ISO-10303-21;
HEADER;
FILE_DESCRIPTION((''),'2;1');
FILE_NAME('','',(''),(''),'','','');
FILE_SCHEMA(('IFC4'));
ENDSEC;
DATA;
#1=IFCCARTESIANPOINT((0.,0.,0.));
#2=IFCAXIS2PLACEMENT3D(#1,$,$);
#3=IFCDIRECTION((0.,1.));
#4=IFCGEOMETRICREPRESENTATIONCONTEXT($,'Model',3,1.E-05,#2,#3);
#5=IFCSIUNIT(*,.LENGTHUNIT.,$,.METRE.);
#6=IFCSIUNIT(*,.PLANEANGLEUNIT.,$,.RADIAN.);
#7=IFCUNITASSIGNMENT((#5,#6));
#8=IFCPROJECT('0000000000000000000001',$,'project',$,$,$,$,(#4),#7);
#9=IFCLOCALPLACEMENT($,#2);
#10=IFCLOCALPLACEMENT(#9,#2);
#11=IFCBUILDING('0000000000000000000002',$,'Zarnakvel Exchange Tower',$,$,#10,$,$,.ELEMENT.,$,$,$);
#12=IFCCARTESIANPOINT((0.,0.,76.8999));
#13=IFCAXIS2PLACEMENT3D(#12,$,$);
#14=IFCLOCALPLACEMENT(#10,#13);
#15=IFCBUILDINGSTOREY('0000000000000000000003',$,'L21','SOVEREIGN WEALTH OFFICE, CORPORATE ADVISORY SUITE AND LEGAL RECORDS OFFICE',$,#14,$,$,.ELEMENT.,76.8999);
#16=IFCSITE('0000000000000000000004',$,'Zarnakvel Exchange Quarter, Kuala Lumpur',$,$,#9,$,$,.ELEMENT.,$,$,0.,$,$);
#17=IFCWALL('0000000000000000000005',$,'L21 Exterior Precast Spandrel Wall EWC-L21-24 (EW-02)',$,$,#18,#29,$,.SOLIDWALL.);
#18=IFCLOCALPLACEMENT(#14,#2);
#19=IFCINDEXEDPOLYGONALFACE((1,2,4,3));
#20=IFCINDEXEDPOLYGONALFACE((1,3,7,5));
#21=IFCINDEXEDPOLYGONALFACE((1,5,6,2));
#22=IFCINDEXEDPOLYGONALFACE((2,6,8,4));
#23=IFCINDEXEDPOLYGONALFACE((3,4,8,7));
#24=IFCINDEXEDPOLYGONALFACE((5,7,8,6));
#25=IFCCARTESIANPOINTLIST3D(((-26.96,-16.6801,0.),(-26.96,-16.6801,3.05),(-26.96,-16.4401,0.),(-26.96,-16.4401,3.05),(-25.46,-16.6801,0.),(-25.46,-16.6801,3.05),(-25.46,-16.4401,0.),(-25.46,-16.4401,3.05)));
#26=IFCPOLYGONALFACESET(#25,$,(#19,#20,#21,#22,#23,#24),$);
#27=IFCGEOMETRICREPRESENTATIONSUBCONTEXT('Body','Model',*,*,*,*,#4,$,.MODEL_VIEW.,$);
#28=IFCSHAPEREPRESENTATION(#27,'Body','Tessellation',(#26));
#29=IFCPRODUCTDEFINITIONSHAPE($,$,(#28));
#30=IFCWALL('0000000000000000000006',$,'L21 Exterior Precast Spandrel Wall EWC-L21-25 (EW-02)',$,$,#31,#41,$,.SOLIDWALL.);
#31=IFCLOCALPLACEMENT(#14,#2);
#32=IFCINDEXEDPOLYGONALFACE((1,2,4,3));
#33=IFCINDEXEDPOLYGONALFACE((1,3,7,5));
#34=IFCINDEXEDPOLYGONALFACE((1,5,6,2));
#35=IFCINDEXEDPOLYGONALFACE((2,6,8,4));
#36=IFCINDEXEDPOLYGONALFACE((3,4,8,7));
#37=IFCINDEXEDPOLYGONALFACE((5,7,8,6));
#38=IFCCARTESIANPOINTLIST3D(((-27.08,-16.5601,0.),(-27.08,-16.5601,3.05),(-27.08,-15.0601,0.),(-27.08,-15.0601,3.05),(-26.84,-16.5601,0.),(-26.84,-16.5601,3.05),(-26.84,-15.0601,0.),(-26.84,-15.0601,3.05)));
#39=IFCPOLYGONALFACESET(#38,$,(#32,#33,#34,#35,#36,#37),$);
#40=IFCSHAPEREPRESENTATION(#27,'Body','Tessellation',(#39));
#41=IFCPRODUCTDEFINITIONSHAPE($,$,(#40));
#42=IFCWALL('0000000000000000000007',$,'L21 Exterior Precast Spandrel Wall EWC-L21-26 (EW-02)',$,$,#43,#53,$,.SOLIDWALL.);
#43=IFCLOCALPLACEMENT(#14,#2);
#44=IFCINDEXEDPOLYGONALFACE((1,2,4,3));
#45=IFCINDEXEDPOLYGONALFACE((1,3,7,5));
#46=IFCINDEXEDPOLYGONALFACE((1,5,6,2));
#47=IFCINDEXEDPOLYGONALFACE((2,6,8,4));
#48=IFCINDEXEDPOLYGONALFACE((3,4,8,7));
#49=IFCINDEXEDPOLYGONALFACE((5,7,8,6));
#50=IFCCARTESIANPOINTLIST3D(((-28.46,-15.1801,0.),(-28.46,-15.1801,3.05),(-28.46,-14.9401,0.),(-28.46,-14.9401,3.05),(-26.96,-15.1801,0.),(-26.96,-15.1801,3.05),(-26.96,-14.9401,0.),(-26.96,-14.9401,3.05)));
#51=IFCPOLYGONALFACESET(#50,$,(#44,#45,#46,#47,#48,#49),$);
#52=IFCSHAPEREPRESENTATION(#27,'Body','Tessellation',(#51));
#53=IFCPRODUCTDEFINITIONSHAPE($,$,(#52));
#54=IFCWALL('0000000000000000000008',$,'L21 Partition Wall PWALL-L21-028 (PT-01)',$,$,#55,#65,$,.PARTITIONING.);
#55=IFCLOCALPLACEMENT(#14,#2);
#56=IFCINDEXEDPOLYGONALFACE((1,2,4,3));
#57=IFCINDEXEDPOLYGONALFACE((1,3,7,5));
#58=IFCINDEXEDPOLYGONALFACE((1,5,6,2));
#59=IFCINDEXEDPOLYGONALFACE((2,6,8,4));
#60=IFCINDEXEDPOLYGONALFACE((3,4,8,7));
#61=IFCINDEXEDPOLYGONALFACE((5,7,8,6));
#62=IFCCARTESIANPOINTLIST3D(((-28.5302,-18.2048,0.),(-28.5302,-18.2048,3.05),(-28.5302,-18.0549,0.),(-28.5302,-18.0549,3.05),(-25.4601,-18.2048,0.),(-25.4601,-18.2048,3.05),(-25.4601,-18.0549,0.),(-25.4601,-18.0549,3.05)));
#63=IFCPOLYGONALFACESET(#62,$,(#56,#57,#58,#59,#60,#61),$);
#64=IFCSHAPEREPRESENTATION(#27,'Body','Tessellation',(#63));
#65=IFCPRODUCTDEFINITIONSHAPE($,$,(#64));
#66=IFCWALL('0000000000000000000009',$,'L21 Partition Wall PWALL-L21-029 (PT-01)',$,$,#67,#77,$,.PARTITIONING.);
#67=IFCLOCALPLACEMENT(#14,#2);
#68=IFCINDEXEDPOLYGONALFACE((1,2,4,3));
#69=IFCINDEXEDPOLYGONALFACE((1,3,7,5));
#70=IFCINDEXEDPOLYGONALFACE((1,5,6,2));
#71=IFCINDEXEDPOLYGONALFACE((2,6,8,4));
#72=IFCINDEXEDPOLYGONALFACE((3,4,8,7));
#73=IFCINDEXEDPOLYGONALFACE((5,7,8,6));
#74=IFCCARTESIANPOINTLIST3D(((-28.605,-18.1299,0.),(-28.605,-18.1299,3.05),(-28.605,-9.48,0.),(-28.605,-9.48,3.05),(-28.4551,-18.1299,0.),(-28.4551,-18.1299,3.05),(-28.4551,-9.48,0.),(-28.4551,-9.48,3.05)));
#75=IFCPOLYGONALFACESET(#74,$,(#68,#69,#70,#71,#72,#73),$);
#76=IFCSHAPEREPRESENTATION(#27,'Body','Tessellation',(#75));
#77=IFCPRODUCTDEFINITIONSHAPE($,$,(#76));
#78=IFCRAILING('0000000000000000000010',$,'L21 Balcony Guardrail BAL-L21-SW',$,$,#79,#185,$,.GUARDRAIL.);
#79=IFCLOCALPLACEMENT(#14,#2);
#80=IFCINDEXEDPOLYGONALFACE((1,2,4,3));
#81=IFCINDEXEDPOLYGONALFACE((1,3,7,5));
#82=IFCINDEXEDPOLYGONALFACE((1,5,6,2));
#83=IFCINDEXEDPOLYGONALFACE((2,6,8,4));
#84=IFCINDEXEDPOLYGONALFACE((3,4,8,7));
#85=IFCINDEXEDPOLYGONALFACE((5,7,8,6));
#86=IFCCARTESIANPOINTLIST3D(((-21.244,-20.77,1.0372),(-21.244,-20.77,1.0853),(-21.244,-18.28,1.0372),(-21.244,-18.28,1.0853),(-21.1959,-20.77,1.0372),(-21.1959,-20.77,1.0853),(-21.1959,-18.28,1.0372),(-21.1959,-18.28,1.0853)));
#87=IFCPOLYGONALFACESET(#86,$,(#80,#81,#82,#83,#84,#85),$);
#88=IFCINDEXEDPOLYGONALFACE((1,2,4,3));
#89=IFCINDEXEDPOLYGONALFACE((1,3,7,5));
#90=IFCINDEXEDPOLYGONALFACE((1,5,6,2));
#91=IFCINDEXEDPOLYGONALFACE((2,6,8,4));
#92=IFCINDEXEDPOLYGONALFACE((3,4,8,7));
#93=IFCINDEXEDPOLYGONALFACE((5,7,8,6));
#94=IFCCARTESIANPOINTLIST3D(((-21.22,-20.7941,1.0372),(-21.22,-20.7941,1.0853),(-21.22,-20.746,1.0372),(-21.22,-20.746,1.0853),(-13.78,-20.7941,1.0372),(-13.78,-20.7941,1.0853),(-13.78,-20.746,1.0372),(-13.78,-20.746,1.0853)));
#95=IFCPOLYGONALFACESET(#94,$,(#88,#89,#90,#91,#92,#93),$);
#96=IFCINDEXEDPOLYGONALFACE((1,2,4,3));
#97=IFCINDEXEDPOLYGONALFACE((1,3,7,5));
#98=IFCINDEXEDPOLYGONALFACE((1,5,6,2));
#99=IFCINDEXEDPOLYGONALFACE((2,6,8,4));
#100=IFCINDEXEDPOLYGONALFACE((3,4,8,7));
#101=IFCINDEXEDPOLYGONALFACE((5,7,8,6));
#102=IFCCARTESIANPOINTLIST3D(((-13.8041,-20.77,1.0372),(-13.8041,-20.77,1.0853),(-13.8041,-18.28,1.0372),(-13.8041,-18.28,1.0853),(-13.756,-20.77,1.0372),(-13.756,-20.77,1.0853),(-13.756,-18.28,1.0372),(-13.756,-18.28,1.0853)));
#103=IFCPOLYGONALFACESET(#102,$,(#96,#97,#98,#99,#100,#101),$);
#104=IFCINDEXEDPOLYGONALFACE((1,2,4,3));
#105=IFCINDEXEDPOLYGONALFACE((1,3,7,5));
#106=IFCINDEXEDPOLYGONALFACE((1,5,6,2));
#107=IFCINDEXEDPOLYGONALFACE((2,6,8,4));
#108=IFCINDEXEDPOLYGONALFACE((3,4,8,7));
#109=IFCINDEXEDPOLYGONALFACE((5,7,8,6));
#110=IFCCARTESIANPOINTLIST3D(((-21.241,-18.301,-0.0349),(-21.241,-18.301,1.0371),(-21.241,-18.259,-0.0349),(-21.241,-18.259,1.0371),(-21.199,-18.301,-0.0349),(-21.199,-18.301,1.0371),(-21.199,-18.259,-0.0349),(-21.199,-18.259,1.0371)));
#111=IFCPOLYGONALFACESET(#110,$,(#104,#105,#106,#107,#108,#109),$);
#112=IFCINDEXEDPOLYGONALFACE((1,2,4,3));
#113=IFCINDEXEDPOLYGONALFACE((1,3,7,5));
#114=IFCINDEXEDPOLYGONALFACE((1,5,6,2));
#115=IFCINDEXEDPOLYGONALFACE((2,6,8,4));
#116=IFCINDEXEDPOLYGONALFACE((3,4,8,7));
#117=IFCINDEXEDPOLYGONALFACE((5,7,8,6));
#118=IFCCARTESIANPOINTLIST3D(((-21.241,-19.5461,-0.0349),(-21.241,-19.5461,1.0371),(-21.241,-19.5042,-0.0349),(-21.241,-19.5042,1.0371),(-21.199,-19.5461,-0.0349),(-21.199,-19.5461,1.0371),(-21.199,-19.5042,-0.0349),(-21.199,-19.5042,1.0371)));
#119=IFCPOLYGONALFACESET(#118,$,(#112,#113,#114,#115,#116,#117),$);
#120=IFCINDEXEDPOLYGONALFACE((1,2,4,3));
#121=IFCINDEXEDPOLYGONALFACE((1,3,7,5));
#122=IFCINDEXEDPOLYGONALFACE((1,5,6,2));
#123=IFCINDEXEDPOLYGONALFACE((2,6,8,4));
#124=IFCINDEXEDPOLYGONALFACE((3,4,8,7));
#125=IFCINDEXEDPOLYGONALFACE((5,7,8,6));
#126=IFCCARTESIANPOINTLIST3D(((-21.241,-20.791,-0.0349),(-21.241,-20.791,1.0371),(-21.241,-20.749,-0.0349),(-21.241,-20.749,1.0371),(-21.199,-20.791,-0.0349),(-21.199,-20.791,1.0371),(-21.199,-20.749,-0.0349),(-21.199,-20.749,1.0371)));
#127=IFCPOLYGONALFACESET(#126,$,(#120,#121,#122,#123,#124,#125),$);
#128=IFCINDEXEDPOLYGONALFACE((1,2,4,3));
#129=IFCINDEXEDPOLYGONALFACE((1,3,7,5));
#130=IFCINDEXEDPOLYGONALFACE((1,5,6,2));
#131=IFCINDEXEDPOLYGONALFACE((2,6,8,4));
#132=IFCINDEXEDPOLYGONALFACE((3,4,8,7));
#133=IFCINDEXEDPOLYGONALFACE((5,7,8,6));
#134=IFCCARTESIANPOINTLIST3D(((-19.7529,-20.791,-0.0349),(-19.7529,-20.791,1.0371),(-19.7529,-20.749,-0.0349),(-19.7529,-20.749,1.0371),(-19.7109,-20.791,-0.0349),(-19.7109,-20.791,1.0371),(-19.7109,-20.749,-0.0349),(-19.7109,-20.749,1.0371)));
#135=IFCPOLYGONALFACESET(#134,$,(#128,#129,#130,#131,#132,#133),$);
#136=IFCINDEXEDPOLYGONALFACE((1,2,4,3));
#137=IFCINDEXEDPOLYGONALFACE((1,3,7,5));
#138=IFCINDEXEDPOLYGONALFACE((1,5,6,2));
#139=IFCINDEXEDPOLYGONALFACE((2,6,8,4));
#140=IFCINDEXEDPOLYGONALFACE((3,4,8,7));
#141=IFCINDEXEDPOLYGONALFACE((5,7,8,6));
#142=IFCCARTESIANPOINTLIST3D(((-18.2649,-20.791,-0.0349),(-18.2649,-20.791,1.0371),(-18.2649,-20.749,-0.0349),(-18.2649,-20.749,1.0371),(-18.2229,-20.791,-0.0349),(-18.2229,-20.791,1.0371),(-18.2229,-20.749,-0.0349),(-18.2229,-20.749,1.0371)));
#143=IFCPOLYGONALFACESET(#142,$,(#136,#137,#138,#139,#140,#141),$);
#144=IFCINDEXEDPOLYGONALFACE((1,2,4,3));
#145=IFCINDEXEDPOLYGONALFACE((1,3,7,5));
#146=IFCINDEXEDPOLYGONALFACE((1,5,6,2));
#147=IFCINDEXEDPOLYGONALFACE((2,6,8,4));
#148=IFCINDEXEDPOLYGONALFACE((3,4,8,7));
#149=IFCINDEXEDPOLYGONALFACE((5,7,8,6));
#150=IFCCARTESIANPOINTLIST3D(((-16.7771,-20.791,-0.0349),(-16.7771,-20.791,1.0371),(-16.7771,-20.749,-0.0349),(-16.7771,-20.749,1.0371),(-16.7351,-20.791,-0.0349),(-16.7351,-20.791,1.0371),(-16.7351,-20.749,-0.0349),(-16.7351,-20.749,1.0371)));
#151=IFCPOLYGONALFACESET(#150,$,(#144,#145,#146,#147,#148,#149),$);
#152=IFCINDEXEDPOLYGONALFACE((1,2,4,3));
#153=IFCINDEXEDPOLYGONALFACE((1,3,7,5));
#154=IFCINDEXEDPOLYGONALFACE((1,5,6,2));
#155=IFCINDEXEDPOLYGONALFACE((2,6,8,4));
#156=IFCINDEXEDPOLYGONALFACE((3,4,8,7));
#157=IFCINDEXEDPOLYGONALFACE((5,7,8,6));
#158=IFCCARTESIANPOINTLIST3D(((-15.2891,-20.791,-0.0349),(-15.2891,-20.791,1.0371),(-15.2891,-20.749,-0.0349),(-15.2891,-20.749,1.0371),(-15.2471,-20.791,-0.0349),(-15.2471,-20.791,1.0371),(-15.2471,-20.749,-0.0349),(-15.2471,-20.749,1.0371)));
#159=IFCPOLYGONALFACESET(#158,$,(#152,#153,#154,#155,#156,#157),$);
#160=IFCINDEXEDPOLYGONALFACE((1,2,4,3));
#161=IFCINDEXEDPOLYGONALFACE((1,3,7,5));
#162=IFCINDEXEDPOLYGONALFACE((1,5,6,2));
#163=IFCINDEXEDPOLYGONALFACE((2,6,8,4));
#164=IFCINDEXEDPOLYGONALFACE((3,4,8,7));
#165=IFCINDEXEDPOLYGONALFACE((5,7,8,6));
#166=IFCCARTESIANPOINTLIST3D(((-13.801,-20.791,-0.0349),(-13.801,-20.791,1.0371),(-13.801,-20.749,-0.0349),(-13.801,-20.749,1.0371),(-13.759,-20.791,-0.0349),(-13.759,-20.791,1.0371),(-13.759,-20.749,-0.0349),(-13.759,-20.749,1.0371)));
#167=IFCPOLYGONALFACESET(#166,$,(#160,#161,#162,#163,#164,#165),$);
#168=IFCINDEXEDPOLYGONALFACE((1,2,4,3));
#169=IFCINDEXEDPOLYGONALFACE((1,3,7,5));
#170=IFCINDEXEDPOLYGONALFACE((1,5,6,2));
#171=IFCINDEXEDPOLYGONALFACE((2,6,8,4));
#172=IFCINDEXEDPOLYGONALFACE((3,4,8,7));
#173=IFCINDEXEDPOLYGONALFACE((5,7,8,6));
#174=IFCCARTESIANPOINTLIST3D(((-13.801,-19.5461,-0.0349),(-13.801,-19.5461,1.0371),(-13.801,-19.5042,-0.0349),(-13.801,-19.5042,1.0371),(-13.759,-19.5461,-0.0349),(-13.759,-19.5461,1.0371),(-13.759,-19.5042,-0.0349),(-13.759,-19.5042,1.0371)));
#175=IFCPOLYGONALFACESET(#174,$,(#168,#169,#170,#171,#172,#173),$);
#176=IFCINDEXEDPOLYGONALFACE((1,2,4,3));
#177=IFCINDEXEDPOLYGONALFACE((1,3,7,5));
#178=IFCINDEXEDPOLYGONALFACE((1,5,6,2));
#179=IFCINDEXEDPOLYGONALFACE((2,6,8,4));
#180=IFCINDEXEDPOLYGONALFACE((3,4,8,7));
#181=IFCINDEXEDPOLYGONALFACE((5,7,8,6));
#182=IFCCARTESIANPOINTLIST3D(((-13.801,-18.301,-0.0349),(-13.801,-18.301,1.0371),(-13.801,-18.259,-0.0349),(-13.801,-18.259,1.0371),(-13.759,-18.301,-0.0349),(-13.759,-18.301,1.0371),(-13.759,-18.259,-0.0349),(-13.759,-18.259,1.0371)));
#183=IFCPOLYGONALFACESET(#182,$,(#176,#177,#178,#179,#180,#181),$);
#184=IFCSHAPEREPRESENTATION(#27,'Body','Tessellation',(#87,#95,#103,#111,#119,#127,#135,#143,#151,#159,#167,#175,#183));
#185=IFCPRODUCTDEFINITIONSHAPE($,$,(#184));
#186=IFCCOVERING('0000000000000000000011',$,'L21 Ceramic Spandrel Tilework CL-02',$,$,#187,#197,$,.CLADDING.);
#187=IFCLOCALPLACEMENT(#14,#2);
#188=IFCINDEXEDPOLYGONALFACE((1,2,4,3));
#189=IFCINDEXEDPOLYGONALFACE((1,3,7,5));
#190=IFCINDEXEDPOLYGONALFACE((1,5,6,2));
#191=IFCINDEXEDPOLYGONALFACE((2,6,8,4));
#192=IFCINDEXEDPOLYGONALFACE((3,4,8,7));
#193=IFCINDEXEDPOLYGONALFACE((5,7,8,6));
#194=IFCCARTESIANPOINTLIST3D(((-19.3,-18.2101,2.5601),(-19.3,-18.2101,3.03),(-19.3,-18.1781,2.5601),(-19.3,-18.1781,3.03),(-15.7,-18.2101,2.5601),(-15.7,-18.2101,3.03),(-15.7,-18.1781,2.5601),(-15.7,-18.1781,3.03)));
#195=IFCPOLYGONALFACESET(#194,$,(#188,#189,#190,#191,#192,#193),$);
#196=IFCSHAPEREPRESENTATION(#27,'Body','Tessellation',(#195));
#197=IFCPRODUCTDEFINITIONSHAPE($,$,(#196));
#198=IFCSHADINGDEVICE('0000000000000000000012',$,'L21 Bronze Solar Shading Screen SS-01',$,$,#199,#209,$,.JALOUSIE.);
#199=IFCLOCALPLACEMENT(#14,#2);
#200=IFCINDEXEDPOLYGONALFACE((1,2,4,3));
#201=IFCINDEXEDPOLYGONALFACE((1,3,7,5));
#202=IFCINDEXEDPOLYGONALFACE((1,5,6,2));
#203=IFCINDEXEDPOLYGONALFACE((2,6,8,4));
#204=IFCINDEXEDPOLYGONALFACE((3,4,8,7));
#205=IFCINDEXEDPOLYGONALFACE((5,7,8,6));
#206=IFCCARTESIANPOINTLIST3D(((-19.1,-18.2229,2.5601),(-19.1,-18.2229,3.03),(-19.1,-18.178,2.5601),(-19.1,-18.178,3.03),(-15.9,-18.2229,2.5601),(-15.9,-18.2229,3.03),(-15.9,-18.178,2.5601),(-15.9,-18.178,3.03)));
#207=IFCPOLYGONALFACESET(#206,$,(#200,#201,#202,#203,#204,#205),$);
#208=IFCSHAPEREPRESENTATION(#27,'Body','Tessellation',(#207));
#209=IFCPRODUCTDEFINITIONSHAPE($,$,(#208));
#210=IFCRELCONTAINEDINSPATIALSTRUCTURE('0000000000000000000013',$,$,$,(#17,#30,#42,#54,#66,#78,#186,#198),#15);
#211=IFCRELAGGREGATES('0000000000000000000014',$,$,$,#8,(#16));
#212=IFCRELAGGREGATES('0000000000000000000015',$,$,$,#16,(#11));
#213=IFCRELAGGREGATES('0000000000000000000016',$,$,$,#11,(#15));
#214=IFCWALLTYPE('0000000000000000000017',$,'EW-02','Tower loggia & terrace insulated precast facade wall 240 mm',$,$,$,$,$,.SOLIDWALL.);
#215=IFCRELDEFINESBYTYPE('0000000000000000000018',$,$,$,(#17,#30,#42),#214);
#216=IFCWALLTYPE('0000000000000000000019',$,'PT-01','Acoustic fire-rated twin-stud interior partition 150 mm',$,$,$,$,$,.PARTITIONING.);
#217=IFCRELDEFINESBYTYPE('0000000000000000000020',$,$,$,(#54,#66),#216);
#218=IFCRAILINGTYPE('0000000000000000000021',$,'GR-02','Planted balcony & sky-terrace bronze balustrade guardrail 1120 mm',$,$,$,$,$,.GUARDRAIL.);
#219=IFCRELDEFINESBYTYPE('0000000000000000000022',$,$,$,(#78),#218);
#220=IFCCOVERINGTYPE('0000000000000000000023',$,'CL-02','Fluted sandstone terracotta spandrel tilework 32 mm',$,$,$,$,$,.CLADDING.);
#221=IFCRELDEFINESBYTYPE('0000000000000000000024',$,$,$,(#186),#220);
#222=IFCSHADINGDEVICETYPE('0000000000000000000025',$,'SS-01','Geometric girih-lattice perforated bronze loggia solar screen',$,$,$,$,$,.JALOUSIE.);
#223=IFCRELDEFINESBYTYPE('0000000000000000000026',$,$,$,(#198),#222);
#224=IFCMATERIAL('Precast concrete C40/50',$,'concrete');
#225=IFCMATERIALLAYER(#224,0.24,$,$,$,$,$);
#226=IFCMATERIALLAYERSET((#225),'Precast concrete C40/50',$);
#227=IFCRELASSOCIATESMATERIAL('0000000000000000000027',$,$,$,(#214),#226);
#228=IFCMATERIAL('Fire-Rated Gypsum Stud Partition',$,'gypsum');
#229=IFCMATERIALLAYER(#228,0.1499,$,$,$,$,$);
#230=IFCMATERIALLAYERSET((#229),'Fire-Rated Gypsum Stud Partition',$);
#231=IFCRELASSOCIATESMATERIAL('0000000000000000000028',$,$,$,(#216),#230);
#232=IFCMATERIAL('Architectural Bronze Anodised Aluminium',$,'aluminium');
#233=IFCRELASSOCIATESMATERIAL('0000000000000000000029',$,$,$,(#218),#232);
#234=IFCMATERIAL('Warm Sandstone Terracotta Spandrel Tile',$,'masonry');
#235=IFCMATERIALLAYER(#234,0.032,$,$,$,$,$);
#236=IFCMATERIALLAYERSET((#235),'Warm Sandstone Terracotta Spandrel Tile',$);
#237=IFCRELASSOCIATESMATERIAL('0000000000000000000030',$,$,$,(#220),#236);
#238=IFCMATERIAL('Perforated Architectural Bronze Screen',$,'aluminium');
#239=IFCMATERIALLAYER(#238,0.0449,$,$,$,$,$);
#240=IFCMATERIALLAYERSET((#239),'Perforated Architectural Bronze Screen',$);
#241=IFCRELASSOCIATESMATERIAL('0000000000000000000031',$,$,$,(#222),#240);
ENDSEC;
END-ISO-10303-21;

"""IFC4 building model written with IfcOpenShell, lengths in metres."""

from ifc_helpers import new_model, si_unit, direction, frame, frame_2d, origin, origin_2d, place, context, subcontext, project, spatial, rectangle, extrude, source, transform, mapped, material, layer, layer_set, type_object, element, save


model = new_model("IFC4")

# Units and contexts
model_context = context("Model", 3, precision=1e-05, world=origin(), true_north=direction((0.0, 1.0)))
body_context = subcontext(model_context, "Body", "Model", "MODEL_VIEW")
ifc_project = project(units=[si_unit("LENGTHUNIT", "METRE"), si_unit("PLANEANGLEUNIT", "RADIAN")], contexts=[model_context])

# Site, building, storey
site_placement = place(None, origin())
site = spatial("IfcSite", under=ifc_project, at=site_placement, Name="Zarnakvel Exchange Quarter, Kuala Lumpur", CompositionType="ELEMENT", RefElevation=0.0)
building_placement = place(site_placement, origin())
building = spatial("IfcBuilding", under=site, at=building_placement, Name="Zarnakvel Exchange Tower", CompositionType="ELEMENT")
storey_placement = place(building_placement, frame((0.0, 0.0, 76.8999)))
storey = spatial("IfcBuildingStorey", under=building, at=storey_placement, Name="L21", Description="SOVEREIGN WEALTH OFFICE, CORPORATE ADVISORY SUITE AND LEGAL RECORDS OFFICE", CompositionType="ELEMENT", Elevation=76.8999)

# Shared definitions
ifc_material_1 = material(Name="Architectural Bronze Anodised Aluminium", Category="aluminium")

# Walls
ifc_material_2 = material(Name="Precast concrete C40/50", Category="concrete")
ifc_layer_1 = layer(ifc_material_2, 0.24)
ifc_layer_set_1 = layer_set([ifc_layer_1], Name="Precast concrete C40/50")
wall_type_1 = type_object("IfcWallType", Name="EW-02", Description="Tower loggia & terrace insulated precast facade wall 240 mm", PredefinedType="SOLIDWALL", material=ifc_layer_set_1)
for number, where, z_axis, x_axis, name in (
    (1, (-26.96, -16.5601, 0.0), (0.0, 0.0, 1.0), (1.0, 0.0, 0.0), "L21 Exterior Precast Spandrel Wall EWC-L21-24 (EW-02)"),
    (2, (-26.96, -15.0601, 0.0), (0.0, 0.0, 1.0), (0.0, -1.0, 0.0), "L21 Exterior Precast Spandrel Wall EWC-L21-25 (EW-02)"),
    (3, (-28.46, -15.0601, 0.0), (0.0, 0.0, 1.0), (1.0, 0.0, 0.0), "L21 Exterior Precast Spandrel Wall EWC-L21-26 (EW-02)"),
):
    element("IfcWall", number, at=place(storey_placement, frame(where, z_axis=z_axis, x_axis=x_axis)), inside=storey, type_object=wall_type_1, Name=name, PredefinedType="SOLIDWALL", context=body_context, shape_type="SweptSolid", body=[
        extrude(rectangle(XDim=1.5, YDim=0.24, at=frame_2d((0.75, 0.0))), origin(), (0.0, 0.0, 1.0), 3.05),
    ])
ifc_material_3 = material(Name="Fire-Rated Gypsum Stud Partition", Category="gypsum")
ifc_layer_2 = layer(ifc_material_3, 0.1499)
ifc_layer_set_2 = layer_set([ifc_layer_2], Name="Fire-Rated Gypsum Stud Partition")
wall_type_2 = type_object("IfcWallType", Name="PT-01", Description="Acoustic fire-rated twin-stud interior partition 150 mm", PredefinedType="PARTITIONING", material=ifc_layer_set_2)
wall_1_placement = place(storey_placement, frame((-25.46, -18.1299, 0.0), z_axis=(0.0, 0.0, 1.0), x_axis=(-1.0, 0.0, 0.0)))
element("IfcWall", 4, at=wall_1_placement, inside=storey, type_object=wall_type_2, Name="L21 Partition Wall PWALL-L21-028 (PT-01)", PredefinedType="PARTITIONING", context=body_context, shape_type="SweptSolid", body=[
    extrude(rectangle(XDim=3.0701, YDim=0.1499, at=frame_2d((1.5352, 0.0))), origin(), (0.0, 0.0, 1.0), 3.05),
])
wall_2_placement = place(storey_placement, frame((-28.53, -18.1299, 0.0), z_axis=(0.0, 0.0, 1.0), x_axis=(0.0, 1.0, 0.0)))
element("IfcWall", 5, at=wall_2_placement, inside=storey, type_object=wall_type_2, Name="L21 Partition Wall PWALL-L21-029 (PT-01)", PredefinedType="PARTITIONING", context=body_context, shape_type="SweptSolid", body=[
    extrude(rectangle(XDim=8.6499, YDim=0.1499, at=frame_2d((4.325, 0.0))), origin(), (0.0, 0.0, 1.0), 3.05),
])

# Railing
railing_type = type_object("IfcRailingType", Name="GR-02", Description="Planted balcony & sky-terrace bronze balustrade guardrail 1120 mm", PredefinedType="GUARDRAIL", material=ifc_material_1)
railing_placement = place(storey_placement, frame((-21.22, -18.28, -0.0349)))
element("IfcRailing", 6, at=railing_placement, inside=storey, type_object=railing_type, Name="L21 Balcony Guardrail BAL-L21-SW", PredefinedType="GUARDRAIL", context=body_context, shape_type="SweptSolid", body=[
    extrude(rectangle(XDim=0.0481, YDim=0.0481, at=origin_2d()), frame((0.0, 0.0, 1.0962), z_axis=(0.0, -1.0, 0.0), x_axis=(1.0, 0.0, 0.0)), (0.0, 0.0, 1.0), 2.49),
    extrude(rectangle(XDim=0.0481, YDim=0.0481, at=origin_2d()), frame((0.0, -2.49, 1.0962), z_axis=(1.0, 0.0, 0.0), x_axis=(0.0, 1.0, 0.0)), (0.0, 0.0, 1.0), 7.4399),
    extrude(rectangle(XDim=0.0481, YDim=0.0481, at=origin_2d()), frame((7.4399, -2.49, 1.0962), z_axis=(0.0, 1.0, 0.0), x_axis=(-1.0, 0.0, 0.0)), (0.0, 0.0, 1.0), 2.49),
    extrude(rectangle(XDim=0.042, YDim=0.042, at=origin_2d()), origin(), (0.0, 0.0, 1.0), 1.072),
    extrude(rectangle(XDim=0.042, YDim=0.042, at=origin_2d()), frame((0.0, -1.2451, 0.0)), (0.0, 0.0, 1.0), 1.072),
    extrude(rectangle(XDim=0.042, YDim=0.042, at=origin_2d()), frame((0.0, -2.49, 0.0)), (0.0, 0.0, 1.0), 1.072),
    extrude(rectangle(XDim=0.042, YDim=0.042, at=origin_2d()), frame((1.488, -2.49, 0.0)), (0.0, 0.0, 1.0), 1.072),
    extrude(rectangle(XDim=0.042, YDim=0.042, at=origin_2d()), frame((2.9761, -2.49, 0.0)), (0.0, 0.0, 1.0), 1.072),
    extrude(rectangle(XDim=0.042, YDim=0.042, at=origin_2d()), frame((4.4639, -2.49, 0.0)), (0.0, 0.0, 1.0), 1.072),
    extrude(rectangle(XDim=0.042, YDim=0.042, at=origin_2d()), frame((5.9519, -2.49, 0.0)), (0.0, 0.0, 1.0), 1.072),
    extrude(rectangle(XDim=0.042, YDim=0.042, at=origin_2d()), frame((7.4399, -2.49, 0.0)), (0.0, 0.0, 1.0), 1.072),
    extrude(rectangle(XDim=0.042, YDim=0.042, at=origin_2d()), frame((7.4399, -1.2451, 0.0)), (0.0, 0.0, 1.0), 1.072),
    extrude(rectangle(XDim=0.042, YDim=0.042, at=origin_2d()), frame((7.4399, 0.0, 0.0)), (0.0, 0.0, 1.0), 1.072),
])

# Covering
ifc_material_4 = material(Name="Warm Sandstone Terracotta Spandrel Tile", Category="masonry")
ifc_layer_3 = layer(ifc_material_4, 0.032)
ifc_layer_set_3 = layer_set([ifc_layer_3], Name="Warm Sandstone Terracotta Spandrel Tile")
covering_type = type_object("IfcCoveringType", Name="CL-02", Description="Fluted sandstone terracotta spandrel tilework 32 mm", PredefinedType="CLADDING", material=ifc_layer_set_3)
shared_shape_1 = source(origin(), body_context, "Body", "SweptSolid", [
    extrude(rectangle(XDim=3.6001, YDim=0.032, at=origin_2d()), origin(), (0.0, 0.0, 1.0), 0.47),
])
covering_placement = place(storey_placement, frame((-17.5, -18.1941, 2.5601), z_axis=(0.0, 0.0, 1.0), x_axis=(-1.0, 0.0, 0.0)))
element("IfcCovering", 7, at=covering_placement, inside=storey, type_object=covering_type, Name="L21 Ceramic Spandrel Tilework CL-02", PredefinedType="CLADDING", context=body_context, shape_type="MappedRepresentation", body=[
    mapped(shared_shape_1, transform((0.0, 0.0, 0.0), x_axis=(1.0, 0.0, 0.0), y_axis=(0.0, 1.0, 0.0), z_axis=(0.0, 0.0, 1.0), scale=1.0)),
])

# Shading device
ifc_material_5 = material(Name="Perforated Architectural Bronze Screen", Category="aluminium")
ifc_layer_4 = layer(ifc_material_5, 0.0449)
ifc_layer_set_4 = layer_set([ifc_layer_4], Name="Perforated Architectural Bronze Screen")
shading_device_type = type_object("IfcShadingDeviceType", Name="SS-01", Description="Geometric girih-lattice perforated bronze loggia solar screen", PredefinedType="JALOUSIE", material=ifc_layer_set_4)
shared_shape_2 = source(origin(), body_context, "Body", "SweptSolid", [
    extrude(rectangle(XDim=3.2, YDim=0.0449, at=origin_2d()), origin(), (0.0, 0.0, 1.0), 0.47),
])
shading_device_placement = place(storey_placement, frame((-17.5, -18.2004, 2.5601), z_axis=(0.0, 0.0, 1.0), x_axis=(-1.0, 0.0, 0.0)))
element("IfcShadingDevice", 8, at=shading_device_placement, inside=storey, type_object=shading_device_type, Name="L21 Bronze Solar Shading Screen SS-01", PredefinedType="JALOUSIE", context=body_context, shape_type="MappedRepresentation", body=[
    mapped(shared_shape_2, transform((0.0, 0.0, 0.0), x_axis=(1.0, 0.0, 0.0), y_axis=(0.0, 1.0, 0.0), z_axis=(0.0, 0.0, 1.0), scale=1.0)),
])

save(model, "model.ifc")
